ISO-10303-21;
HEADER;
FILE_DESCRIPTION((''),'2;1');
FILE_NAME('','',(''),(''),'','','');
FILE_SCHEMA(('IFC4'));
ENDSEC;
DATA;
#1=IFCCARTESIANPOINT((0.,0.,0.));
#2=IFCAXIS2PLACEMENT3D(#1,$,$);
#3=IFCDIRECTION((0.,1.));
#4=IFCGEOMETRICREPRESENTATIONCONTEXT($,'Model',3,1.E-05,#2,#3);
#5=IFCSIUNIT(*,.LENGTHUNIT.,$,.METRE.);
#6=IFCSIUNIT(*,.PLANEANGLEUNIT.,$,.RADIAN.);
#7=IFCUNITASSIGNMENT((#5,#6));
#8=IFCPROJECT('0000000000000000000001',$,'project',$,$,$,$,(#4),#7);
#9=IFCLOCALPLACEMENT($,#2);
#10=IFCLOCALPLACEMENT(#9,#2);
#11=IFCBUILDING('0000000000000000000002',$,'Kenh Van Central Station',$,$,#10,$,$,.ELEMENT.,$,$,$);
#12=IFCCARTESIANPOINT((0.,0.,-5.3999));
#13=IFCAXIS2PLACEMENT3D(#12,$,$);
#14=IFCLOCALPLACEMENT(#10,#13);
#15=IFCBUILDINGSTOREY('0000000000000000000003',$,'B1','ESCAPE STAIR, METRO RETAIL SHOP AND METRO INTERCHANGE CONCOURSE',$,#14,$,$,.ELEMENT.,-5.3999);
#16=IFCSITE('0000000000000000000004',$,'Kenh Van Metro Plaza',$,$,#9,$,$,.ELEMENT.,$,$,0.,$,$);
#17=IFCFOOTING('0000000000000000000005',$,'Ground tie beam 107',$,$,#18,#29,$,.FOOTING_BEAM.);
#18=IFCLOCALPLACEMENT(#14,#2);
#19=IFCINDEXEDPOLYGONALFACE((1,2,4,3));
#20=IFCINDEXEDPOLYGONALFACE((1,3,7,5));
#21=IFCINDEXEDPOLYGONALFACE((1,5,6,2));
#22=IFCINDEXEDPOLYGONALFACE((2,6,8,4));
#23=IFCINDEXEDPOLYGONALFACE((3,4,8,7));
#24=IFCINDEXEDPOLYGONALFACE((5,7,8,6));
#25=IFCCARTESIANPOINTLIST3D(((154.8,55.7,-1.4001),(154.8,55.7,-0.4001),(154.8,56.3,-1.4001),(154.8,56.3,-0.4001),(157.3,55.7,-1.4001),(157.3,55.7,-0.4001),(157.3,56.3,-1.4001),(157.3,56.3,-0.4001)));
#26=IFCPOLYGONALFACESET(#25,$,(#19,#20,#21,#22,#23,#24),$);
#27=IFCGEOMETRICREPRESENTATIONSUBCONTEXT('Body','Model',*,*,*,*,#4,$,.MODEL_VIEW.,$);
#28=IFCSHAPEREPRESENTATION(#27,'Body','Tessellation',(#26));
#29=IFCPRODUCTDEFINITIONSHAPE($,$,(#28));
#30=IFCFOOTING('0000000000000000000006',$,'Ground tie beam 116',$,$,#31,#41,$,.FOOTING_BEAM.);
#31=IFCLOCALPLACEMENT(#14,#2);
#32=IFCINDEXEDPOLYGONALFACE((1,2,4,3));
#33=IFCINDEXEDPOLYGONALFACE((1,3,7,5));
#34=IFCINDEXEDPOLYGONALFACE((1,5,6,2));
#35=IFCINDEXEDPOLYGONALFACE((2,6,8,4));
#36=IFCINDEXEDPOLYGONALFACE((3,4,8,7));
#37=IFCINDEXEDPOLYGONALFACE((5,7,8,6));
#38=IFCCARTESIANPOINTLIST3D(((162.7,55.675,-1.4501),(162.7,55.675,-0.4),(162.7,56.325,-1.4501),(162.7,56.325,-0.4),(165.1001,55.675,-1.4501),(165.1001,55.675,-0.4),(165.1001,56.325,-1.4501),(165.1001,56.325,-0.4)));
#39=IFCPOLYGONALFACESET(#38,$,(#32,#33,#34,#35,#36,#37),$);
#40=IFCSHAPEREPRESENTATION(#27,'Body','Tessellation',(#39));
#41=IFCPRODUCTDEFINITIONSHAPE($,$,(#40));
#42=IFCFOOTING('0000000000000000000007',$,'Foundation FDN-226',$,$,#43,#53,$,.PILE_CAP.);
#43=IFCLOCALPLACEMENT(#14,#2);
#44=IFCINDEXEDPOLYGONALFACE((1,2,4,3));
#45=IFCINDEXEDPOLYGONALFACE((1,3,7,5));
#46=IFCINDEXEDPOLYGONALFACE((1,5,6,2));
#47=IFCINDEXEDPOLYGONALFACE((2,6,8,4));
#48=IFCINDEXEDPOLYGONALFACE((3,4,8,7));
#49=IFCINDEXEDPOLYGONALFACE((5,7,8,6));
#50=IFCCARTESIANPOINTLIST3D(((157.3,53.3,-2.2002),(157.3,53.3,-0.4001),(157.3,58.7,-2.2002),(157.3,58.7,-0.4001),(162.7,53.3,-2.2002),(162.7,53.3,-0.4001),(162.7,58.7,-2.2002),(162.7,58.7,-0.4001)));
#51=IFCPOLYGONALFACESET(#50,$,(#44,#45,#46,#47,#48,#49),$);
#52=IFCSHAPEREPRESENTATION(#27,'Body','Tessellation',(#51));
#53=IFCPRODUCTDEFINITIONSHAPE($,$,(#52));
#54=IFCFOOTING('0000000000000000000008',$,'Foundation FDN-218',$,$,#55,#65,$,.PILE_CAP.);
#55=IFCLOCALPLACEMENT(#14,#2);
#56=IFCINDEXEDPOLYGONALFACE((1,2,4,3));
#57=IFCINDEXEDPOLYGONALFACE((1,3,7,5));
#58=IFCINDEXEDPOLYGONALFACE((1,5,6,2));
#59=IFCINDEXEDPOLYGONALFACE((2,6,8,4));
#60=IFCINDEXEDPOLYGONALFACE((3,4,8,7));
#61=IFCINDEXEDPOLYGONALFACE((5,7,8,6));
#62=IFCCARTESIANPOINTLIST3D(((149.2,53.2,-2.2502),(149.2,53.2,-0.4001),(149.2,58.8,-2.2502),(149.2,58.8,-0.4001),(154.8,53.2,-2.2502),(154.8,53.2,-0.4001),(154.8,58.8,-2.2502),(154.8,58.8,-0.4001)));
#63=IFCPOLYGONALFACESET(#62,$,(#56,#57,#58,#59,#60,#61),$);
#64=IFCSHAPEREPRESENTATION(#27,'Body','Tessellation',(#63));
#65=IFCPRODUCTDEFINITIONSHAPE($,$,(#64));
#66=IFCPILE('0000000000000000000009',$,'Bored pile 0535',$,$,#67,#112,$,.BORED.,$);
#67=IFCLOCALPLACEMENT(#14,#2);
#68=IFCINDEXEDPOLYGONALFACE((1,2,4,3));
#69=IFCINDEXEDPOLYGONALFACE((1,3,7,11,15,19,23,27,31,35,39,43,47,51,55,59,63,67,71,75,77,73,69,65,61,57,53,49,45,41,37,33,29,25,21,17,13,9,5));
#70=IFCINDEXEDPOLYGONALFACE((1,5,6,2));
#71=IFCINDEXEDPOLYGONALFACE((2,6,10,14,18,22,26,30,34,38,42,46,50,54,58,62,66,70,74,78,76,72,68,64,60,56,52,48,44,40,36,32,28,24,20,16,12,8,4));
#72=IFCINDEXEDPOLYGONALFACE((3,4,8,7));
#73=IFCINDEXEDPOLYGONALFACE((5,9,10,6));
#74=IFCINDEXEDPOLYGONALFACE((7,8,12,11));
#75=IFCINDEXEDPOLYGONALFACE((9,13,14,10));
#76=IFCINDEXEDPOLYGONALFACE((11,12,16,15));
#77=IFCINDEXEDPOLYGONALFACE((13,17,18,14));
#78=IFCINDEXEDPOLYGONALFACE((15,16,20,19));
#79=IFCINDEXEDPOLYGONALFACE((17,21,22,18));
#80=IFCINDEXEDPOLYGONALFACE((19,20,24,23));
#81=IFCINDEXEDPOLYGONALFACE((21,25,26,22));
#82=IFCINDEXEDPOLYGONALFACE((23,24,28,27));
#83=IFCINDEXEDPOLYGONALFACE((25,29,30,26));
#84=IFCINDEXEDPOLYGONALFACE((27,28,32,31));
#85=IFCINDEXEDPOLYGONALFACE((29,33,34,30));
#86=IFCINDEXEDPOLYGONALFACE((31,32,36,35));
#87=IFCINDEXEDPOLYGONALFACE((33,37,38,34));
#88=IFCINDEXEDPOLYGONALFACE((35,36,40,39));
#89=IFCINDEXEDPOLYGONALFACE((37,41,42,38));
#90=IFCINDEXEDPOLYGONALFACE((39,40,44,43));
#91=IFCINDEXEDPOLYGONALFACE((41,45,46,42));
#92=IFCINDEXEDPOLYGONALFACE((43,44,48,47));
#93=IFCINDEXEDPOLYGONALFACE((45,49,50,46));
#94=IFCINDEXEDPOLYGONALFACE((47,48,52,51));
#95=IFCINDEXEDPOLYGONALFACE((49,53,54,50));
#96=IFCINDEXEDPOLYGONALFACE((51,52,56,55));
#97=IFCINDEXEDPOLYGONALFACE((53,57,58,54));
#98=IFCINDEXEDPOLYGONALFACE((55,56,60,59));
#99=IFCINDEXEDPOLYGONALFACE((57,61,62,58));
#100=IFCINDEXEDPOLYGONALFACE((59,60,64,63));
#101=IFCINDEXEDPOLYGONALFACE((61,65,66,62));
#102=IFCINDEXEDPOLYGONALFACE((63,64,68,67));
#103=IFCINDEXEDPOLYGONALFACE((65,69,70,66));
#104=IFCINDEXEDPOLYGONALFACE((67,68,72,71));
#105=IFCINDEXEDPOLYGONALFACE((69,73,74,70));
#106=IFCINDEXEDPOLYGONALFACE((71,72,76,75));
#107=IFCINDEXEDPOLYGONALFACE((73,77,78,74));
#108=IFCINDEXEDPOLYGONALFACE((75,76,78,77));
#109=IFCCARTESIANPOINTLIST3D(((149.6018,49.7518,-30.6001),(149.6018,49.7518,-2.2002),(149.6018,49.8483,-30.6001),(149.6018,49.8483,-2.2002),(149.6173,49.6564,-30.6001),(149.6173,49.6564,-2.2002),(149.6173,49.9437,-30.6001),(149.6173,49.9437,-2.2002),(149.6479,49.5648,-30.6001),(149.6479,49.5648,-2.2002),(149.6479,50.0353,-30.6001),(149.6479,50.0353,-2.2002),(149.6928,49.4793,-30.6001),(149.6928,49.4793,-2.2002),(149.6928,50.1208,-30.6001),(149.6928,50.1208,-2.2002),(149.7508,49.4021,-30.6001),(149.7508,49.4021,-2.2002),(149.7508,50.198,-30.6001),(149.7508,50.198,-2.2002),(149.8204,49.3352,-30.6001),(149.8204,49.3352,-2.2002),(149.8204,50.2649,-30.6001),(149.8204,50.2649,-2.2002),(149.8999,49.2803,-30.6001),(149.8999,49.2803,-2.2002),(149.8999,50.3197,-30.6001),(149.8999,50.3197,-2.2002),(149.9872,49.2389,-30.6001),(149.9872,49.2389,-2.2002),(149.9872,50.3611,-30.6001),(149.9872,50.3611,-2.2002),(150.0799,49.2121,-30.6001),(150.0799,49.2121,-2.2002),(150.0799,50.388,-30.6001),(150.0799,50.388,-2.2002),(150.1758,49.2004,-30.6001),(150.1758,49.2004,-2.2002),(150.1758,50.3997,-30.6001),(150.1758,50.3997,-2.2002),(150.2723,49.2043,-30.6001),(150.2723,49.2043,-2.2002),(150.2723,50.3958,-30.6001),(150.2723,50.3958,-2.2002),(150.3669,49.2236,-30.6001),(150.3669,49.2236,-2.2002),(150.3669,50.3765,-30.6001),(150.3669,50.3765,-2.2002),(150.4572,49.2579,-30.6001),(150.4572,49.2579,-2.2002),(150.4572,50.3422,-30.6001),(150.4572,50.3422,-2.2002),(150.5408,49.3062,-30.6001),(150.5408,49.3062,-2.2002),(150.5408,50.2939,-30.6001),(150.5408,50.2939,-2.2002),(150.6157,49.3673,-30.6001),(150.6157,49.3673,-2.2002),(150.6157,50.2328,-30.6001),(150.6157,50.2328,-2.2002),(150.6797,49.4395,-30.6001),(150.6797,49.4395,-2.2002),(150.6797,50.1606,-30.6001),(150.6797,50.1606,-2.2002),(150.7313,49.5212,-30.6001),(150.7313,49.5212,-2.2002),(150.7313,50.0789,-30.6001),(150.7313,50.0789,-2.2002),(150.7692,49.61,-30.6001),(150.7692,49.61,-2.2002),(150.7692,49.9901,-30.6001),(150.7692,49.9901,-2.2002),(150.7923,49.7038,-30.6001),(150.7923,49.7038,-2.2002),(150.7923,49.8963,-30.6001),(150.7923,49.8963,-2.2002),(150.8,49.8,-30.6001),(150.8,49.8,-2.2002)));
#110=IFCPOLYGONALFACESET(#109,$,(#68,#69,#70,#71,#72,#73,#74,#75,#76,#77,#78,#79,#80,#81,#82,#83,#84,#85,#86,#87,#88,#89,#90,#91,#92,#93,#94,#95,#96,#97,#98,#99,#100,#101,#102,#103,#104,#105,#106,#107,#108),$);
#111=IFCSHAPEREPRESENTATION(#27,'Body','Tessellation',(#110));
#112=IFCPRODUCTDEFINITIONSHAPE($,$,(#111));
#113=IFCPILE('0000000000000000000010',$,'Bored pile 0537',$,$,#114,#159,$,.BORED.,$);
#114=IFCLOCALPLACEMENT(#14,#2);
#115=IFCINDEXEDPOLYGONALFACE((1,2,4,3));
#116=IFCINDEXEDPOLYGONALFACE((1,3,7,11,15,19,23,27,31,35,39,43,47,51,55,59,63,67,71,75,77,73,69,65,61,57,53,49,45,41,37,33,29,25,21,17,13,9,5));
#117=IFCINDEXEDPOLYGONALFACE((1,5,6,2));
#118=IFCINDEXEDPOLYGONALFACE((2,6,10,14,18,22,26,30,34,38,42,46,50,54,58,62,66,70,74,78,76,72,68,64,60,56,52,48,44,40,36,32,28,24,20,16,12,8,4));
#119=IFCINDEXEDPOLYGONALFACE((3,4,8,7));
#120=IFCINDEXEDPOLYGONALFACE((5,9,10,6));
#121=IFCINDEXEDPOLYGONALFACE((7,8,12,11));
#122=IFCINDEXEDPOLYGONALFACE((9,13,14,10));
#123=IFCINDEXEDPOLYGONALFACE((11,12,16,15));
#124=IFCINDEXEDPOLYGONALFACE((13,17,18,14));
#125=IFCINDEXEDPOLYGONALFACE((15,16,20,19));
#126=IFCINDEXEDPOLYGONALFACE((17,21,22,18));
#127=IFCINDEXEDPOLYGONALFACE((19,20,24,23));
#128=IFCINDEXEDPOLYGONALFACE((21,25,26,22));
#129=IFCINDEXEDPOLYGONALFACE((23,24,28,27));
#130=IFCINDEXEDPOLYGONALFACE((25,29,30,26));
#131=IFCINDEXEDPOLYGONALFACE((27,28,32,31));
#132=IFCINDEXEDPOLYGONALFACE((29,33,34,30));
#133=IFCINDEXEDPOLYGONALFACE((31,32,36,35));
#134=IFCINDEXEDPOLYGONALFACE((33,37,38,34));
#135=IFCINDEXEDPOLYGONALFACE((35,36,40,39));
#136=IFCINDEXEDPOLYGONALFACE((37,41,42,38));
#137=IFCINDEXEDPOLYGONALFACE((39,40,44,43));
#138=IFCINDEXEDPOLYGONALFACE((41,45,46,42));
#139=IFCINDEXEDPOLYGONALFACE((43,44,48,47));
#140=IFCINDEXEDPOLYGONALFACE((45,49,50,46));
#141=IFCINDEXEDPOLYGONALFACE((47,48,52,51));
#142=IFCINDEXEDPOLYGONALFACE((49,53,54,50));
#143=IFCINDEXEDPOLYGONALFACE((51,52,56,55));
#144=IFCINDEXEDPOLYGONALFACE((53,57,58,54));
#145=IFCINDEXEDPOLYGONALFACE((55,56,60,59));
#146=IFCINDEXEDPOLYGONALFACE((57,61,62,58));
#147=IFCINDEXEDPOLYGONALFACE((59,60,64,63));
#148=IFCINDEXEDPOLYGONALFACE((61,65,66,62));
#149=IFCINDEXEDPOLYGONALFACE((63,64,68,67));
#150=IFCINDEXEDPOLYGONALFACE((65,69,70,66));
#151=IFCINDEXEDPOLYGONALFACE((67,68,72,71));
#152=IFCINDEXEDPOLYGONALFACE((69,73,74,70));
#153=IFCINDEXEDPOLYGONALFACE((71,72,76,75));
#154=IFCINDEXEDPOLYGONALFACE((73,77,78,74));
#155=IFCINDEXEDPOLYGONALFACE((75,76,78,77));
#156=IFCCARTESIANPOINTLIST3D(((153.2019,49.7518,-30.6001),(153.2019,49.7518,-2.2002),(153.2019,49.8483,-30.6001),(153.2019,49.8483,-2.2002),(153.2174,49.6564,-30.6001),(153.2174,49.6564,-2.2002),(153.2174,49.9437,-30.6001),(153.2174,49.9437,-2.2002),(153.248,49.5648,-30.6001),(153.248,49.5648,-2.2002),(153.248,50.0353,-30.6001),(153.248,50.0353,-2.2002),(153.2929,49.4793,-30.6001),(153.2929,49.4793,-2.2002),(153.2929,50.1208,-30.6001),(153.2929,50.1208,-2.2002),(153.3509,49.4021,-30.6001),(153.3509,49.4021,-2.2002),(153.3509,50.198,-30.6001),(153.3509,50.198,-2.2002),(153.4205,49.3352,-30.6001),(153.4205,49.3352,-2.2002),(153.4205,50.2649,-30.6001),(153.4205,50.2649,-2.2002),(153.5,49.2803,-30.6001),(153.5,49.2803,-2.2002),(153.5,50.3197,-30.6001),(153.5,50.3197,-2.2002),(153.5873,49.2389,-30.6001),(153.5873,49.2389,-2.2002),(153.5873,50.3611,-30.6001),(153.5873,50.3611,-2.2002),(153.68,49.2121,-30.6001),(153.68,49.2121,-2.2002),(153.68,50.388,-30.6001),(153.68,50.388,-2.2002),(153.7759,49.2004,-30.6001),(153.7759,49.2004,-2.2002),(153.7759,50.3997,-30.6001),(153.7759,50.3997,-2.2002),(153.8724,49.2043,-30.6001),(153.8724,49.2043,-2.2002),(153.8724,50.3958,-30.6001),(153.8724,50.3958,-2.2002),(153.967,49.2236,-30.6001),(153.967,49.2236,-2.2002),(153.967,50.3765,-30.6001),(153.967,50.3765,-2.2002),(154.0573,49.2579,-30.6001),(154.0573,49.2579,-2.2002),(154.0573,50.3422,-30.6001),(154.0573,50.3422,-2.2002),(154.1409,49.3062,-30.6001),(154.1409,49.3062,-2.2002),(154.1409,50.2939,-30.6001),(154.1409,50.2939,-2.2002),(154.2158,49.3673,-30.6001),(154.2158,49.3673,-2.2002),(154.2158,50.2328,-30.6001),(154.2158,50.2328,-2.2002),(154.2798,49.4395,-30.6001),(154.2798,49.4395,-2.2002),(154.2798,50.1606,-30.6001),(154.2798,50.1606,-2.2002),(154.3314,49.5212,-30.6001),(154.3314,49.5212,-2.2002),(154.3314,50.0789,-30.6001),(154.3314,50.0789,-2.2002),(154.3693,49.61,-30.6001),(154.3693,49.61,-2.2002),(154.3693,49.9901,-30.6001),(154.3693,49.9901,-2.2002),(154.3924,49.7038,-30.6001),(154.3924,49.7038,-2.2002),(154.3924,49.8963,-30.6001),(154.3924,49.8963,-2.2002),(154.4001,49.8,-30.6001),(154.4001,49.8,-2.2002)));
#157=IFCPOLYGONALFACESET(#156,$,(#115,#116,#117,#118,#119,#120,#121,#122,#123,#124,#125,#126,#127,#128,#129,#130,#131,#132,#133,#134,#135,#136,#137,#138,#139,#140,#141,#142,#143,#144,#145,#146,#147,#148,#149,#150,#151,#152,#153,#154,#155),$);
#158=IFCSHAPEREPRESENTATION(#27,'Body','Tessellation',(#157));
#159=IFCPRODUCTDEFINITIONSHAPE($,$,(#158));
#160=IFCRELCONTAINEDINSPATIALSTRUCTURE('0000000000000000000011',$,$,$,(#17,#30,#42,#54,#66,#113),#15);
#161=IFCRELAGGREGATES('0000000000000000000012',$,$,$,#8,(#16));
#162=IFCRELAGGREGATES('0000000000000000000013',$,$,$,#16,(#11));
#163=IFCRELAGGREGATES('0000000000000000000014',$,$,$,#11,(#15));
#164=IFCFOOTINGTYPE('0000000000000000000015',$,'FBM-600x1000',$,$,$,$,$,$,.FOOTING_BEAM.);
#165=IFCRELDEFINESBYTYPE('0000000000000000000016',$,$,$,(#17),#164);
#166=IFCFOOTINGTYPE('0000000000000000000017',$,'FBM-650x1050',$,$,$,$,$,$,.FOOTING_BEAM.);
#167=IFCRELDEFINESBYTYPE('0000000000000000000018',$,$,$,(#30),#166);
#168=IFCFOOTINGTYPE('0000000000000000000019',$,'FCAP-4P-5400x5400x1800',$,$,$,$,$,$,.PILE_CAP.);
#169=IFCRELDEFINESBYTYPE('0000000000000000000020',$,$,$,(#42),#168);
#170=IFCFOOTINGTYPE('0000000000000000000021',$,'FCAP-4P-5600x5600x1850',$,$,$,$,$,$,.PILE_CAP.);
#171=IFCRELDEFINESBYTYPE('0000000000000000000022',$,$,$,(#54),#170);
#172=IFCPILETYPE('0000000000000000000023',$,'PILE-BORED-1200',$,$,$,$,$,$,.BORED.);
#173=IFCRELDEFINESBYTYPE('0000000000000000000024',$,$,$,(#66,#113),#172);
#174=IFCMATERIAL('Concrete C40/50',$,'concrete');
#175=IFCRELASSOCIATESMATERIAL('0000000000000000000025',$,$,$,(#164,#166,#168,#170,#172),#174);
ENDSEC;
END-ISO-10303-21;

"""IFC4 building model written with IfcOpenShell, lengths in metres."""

from ifc_helpers import new_model, si_unit, direction, frame, origin, origin_2d, place, context, subcontext, project, spatial, rectangle, circle, extrude, material, material_profile, profile_set, type_object, element, save


model = new_model("IFC4")

# Units and contexts
model_context = context("Model", 3, precision=1e-05, world=origin(), true_north=direction((0.0, 1.0)))
body_context = subcontext(model_context, "Body", "Model", "MODEL_VIEW")
ifc_project = project(units=[si_unit("LENGTHUNIT", "METRE"), si_unit("PLANEANGLEUNIT", "RADIAN")], contexts=[model_context])

# Site, building, storey
site_placement = place(None, origin())
site = spatial("IfcSite", under=ifc_project, at=site_placement, Name="Kenh Van Metro Plaza", CompositionType="ELEMENT", RefElevation=0.0)
building_placement = place(site_placement, origin())
building = spatial("IfcBuilding", under=site, at=building_placement, Name="Kenh Van Central Station", CompositionType="ELEMENT")
storey_placement = place(building_placement, frame((0.0, 0.0, -5.3999)))
storey = spatial("IfcBuildingStorey", under=building, at=storey_placement, Name="B1", Description="ESCAPE STAIR, METRO RETAIL SHOP AND METRO INTERCHANGE CONCOURSE", CompositionType="ELEMENT", Elevation=-5.3999)

# Footings
ifc_material_1 = material(Name="Concrete C40/50", Category="concrete")
ifc_material_profile_1 = material_profile(ifc_material_1, rectangle(XDim=0.6001, YDim=1.0, at=origin_2d()), Name="RC 600x1000")
ifc_profile_set_1 = profile_set([ifc_material_profile_1], Name="Concrete C40/50")
footing_type_1 = type_object("IfcFootingType", Name="FBM-600x1000", PredefinedType="FOOTING_BEAM", material=ifc_profile_set_1)
footing_1_placement = place(storey_placement, frame((154.8, 56.0, -0.9001), z_axis=(1.0, 0.0, 0.0), x_axis=(0.0, 1.0, 0.0)))
element("IfcFooting", 1, at=footing_1_placement, inside=storey, type_object=footing_type_1, Name="Ground tie beam 107", PredefinedType="FOOTING_BEAM", context=body_context, shape_type="SweptSolid", body=[
    extrude(rectangle(XDim=0.6001, YDim=1.0, at=origin_2d()), origin(), (0.0, 0.0, 1.0), 2.5),
])
ifc_material_profile_2 = material_profile(ifc_material_1, rectangle(XDim=0.6499, YDim=1.05, at=origin_2d()), Name="RC 650x1050")
ifc_profile_set_2 = profile_set([ifc_material_profile_2], Name="Concrete C40/50")
footing_type_2 = type_object("IfcFootingType", Name="FBM-650x1050", PredefinedType="FOOTING_BEAM", material=ifc_profile_set_2)
footing_2_placement = place(storey_placement, frame((162.7, 56.0, -0.925), z_axis=(1.0, 0.0, 0.0), x_axis=(0.0, 1.0, 0.0)))
element("IfcFooting", 2, at=footing_2_placement, inside=storey, type_object=footing_type_2, Name="Ground tie beam 116", PredefinedType="FOOTING_BEAM", context=body_context, shape_type="SweptSolid", body=[
    extrude(rectangle(XDim=0.6499, YDim=1.05, at=origin_2d()), origin(), (0.0, 0.0, 1.0), 2.4001),
])
footing_type_3 = type_object("IfcFootingType", Name="FCAP-4P-5400x5400x1800", PredefinedType="PILE_CAP", material=ifc_material_1)
footing_3_placement = place(storey_placement, frame((160.0, 56.0, -2.2002), z_axis=(0.0, 0.0, 1.0), x_axis=(1.0, 0.0, 0.0)))
element("IfcFooting", 3, at=footing_3_placement, inside=storey, type_object=footing_type_3, Name="Foundation FDN-226", PredefinedType="PILE_CAP", context=body_context, shape_type="SweptSolid", body=[
    extrude(rectangle(XDim=5.3999, YDim=5.3999, at=origin_2d()), origin(), (0.0, 0.0, 1.0), 1.8),
])
footing_type_4 = type_object("IfcFootingType", Name="FCAP-4P-5600x5600x1850", PredefinedType="PILE_CAP", material=ifc_material_1)
footing_4_placement = place(storey_placement, frame((152.0, 56.0, -2.2502), z_axis=(0.0, 0.0, 1.0), x_axis=(1.0, 0.0, 0.0)))
element("IfcFooting", 4, at=footing_4_placement, inside=storey, type_object=footing_type_4, Name="Foundation FDN-218", PredefinedType="PILE_CAP", context=body_context, shape_type="SweptSolid", body=[
    extrude(rectangle(XDim=5.6001, YDim=5.6001, at=origin_2d()), origin(), (0.0, 0.0, 1.0), 1.8501),
])

# Piles
ifc_material_profile_3 = material_profile(ifc_material_1, circle(Radius=0.6001, at=origin_2d()), Name="PILE D1200")
ifc_profile_set_3 = profile_set([ifc_material_profile_3], Name="Concrete C40/50")
pile_type = type_object("IfcPileType", Name="PILE-BORED-1200", PredefinedType="BORED", material=ifc_profile_set_3)
for number, where, z_axis, x_axis, name in (
    (5, (150.2, 49.8, -2.2002), (0.0, 0.0, -1.0), (1.0, 0.0, 0.0), "Bored pile 0535"),
    (6, (153.8, 49.8, -2.2002), (0.0, 0.0, -1.0), (1.0, 0.0, 0.0), "Bored pile 0537"),
):
    element("IfcPile", number, at=place(storey_placement, frame(where, z_axis=z_axis, x_axis=x_axis)), inside=storey, type_object=pile_type, Name=name, PredefinedType="BORED", context=body_context, shape_type="SweptSolid", body=[
        extrude(circle(Radius=0.6001, at=origin_2d()), origin(), (0.0, 0.0, 1.0), 28.3999),
    ])

save(model, "model.ifc")
